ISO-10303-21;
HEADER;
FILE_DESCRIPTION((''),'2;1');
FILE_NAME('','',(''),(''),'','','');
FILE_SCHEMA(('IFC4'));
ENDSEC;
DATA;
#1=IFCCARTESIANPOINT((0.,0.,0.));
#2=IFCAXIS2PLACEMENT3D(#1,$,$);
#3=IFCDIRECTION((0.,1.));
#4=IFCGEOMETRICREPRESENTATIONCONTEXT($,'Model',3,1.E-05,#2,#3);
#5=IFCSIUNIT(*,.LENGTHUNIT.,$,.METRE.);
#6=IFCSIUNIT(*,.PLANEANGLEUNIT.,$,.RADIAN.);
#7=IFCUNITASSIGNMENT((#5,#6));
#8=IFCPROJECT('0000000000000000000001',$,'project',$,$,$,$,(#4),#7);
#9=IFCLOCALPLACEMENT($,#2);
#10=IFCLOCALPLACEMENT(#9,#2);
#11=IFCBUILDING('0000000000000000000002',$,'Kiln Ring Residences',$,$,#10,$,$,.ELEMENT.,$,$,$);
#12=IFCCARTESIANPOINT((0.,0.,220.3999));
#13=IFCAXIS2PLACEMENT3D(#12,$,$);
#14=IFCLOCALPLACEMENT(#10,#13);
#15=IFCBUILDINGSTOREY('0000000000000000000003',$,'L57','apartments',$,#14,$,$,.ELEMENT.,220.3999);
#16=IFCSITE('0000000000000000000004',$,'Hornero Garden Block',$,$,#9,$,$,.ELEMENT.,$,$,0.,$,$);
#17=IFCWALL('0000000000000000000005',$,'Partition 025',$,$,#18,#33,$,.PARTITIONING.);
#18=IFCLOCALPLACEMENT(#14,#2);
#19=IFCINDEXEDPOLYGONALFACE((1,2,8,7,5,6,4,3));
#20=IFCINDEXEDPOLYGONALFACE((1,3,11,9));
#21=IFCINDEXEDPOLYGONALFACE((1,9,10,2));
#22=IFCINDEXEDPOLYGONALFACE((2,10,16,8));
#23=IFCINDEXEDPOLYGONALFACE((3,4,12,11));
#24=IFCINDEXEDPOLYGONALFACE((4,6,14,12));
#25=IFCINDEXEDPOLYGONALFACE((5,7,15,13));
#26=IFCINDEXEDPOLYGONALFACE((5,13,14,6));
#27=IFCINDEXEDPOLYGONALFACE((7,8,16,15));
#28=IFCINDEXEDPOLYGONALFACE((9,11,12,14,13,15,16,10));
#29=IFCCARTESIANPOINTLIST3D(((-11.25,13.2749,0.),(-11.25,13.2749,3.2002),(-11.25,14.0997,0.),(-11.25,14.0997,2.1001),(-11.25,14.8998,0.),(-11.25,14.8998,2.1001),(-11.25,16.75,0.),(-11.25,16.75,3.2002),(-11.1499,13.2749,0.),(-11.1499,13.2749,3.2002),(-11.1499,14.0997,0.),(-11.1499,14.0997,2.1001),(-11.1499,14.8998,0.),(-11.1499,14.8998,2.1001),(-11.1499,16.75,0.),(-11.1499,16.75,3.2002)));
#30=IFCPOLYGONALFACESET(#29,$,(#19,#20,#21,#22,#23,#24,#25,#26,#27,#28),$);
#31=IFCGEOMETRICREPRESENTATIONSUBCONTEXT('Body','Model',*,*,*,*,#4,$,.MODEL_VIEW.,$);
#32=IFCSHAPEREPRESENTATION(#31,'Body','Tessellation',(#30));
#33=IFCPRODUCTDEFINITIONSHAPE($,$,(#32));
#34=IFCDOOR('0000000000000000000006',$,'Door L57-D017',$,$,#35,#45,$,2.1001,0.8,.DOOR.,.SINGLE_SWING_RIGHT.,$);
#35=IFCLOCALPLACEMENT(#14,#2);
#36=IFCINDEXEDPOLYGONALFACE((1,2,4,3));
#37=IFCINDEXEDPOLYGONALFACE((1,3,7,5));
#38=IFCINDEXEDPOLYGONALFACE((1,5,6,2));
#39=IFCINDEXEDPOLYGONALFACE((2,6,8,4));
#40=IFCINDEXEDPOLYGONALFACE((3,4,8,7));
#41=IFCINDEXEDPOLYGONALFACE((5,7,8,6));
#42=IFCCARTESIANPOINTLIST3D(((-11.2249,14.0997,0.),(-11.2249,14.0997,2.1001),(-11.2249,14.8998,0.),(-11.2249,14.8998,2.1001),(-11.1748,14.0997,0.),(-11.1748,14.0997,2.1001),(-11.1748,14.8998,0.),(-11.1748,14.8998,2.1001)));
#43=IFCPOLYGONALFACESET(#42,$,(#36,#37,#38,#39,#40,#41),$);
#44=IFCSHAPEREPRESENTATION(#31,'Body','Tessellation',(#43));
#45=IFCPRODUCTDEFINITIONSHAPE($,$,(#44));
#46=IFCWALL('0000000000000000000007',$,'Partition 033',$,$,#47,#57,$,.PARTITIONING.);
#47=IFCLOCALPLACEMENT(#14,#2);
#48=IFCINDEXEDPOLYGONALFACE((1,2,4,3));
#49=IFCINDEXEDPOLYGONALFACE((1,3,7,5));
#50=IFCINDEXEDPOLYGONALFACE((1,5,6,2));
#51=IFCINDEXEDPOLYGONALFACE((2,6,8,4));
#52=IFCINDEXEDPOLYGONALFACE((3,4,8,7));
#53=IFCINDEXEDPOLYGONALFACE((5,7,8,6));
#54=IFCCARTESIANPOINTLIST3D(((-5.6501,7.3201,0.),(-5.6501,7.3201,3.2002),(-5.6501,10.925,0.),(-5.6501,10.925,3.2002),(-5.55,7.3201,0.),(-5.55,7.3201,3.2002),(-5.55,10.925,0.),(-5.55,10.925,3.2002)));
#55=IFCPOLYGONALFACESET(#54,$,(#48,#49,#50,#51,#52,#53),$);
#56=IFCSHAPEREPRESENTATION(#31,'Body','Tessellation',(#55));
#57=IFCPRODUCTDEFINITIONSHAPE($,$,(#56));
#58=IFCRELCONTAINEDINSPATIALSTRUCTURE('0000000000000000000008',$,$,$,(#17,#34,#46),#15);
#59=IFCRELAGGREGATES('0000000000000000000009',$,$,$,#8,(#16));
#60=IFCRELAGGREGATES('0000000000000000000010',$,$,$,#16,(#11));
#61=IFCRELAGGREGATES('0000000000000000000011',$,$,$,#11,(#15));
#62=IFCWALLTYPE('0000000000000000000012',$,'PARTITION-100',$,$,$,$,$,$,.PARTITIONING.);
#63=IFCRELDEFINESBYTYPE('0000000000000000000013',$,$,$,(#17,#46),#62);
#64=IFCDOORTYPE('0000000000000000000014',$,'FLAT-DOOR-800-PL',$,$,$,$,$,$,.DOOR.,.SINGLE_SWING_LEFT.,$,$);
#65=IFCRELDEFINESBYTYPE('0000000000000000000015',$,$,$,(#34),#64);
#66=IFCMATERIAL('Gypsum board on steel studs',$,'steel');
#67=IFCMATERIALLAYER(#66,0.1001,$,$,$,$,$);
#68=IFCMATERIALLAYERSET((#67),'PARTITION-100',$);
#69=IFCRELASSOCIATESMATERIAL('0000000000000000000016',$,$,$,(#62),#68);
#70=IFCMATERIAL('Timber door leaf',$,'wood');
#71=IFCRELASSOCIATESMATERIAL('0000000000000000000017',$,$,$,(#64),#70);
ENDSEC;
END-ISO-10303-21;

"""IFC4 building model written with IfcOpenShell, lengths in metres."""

from ifc_helpers import new_model, si_unit, direction, frame, frame_2d, origin, place, context, subcontext, project, spatial, rectangle, extrude, material, layer, layer_set, type_object, element, fill, save


model = new_model("IFC4")

# Units and contexts
model_context = context("Model", 3, precision=1e-05, world=origin(), true_north=direction((0.0, 1.0)))
body_context = subcontext(model_context, "Body", "Model", "MODEL_VIEW")
ifc_project = project(units=[si_unit("LENGTHUNIT", "METRE"), si_unit("PLANEANGLEUNIT", "RADIAN")], contexts=[model_context])

# Site, building, storey
site_placement = place(None, origin())
site = spatial("IfcSite", under=ifc_project, at=site_placement, Name="Hornero Garden Block", CompositionType="ELEMENT", RefElevation=0.0)
building_placement = place(site_placement, origin())
building = spatial("IfcBuilding", under=site, at=building_placement, Name="Kiln Ring Residences", CompositionType="ELEMENT")
storey_placement = place(building_placement, frame((0.0, 0.0, 220.3999)))
storey = spatial("IfcBuildingStorey", under=building, at=storey_placement, Name="L57", Description="apartments", CompositionType="ELEMENT", Elevation=220.3999)

# Shared definitions
ifc_material_1 = material(Name="Gypsum board on steel studs", Category="steel")
ifc_layer_1 = layer(ifc_material_1, 0.1001)
ifc_layer_set_1 = layer_set([ifc_layer_1], Name="PARTITION-100")
wall_type_1 = type_object("IfcWallType", Name="PARTITION-100", PredefinedType="PARTITIONING", material=ifc_layer_set_1)

# Wall, opening, door
wall_1_placement = place(storey_placement, frame((-11.2, 13.2749, 0.0), z_axis=(0.0, 0.0, 1.0), x_axis=(0.0, 1.0, 0.0)))
wall_1 = element("IfcWall", 1, at=wall_1_placement, inside=storey, type_object=wall_type_1, Name="Partition 025", PredefinedType="PARTITIONING", context=body_context, shape_type="SweptSolid", body=[
    extrude(rectangle(XDim=3.4751, YDim=0.1001, at=frame_2d((1.7375, 0.0))), origin(), (0.0, 0.0, 1.0), 3.2002),
])
opening_1_placement = place(wall_1_placement, frame((0.825, 0.0, 0.0)))
opening_1 = element("IfcOpeningElement", 2, at=opening_1_placement, cuts=wall_1, PredefinedType="OPENING", context=body_context, shape_type="SweptSolid", body=[
    extrude(rectangle(XDim=0.8, YDim=2.1001, at=frame_2d((0.3999, 1.05))), frame((0.0, 0.0601, 0.0), z_axis=(0.0, -1.0, 0.0), x_axis=(1.0, 0.0, 0.0)), (0.0, 0.0, 1.0), 0.1201),
])
ifc_material_2 = material(Name="Timber door leaf", Category="wood")
door_type_1 = type_object("IfcDoorType", Name="FLAT-DOOR-800-PL", OperationType="SINGLE_SWING_LEFT", PredefinedType="DOOR", material=ifc_material_2)
door_1_placement = place(opening_1_placement, origin())
door_1 = element("IfcDoor", 3, at=door_1_placement, inside=storey, type_object=door_type_1, Name="Door L57-D017", OperationType="SINGLE_SWING_RIGHT", OverallHeight=2.1001, OverallWidth=0.8, PredefinedType="DOOR", context=body_context, shape_type="SweptSolid", body=[
    extrude(rectangle(XDim=0.8, YDim=2.1001, at=frame_2d((0.3999, 1.05))), frame((0.0, 0.0249, 0.0), z_axis=(0.0, -1.0, 0.0), x_axis=(1.0, 0.0, 0.0)), (0.0, 0.0, 1.0), 0.05),
])
fill(opening_1, door_1)

# Wall
wall_2_placement = place(storey_placement, frame((-5.6001, 7.3201, 0.0), z_axis=(0.0, 0.0, 1.0), x_axis=(0.0, 1.0, 0.0)))
element("IfcWall", 4, at=wall_2_placement, inside=storey, type_object=wall_type_1, Name="Partition 033", PredefinedType="PARTITIONING", context=body_context, shape_type="SweptSolid", body=[
    extrude(rectangle(XDim=3.605, YDim=0.1001, at=frame_2d((1.8025, 0.0))), origin(), (0.0, 0.0, 1.0), 3.2002),
])

save(model, "model.ifc")
